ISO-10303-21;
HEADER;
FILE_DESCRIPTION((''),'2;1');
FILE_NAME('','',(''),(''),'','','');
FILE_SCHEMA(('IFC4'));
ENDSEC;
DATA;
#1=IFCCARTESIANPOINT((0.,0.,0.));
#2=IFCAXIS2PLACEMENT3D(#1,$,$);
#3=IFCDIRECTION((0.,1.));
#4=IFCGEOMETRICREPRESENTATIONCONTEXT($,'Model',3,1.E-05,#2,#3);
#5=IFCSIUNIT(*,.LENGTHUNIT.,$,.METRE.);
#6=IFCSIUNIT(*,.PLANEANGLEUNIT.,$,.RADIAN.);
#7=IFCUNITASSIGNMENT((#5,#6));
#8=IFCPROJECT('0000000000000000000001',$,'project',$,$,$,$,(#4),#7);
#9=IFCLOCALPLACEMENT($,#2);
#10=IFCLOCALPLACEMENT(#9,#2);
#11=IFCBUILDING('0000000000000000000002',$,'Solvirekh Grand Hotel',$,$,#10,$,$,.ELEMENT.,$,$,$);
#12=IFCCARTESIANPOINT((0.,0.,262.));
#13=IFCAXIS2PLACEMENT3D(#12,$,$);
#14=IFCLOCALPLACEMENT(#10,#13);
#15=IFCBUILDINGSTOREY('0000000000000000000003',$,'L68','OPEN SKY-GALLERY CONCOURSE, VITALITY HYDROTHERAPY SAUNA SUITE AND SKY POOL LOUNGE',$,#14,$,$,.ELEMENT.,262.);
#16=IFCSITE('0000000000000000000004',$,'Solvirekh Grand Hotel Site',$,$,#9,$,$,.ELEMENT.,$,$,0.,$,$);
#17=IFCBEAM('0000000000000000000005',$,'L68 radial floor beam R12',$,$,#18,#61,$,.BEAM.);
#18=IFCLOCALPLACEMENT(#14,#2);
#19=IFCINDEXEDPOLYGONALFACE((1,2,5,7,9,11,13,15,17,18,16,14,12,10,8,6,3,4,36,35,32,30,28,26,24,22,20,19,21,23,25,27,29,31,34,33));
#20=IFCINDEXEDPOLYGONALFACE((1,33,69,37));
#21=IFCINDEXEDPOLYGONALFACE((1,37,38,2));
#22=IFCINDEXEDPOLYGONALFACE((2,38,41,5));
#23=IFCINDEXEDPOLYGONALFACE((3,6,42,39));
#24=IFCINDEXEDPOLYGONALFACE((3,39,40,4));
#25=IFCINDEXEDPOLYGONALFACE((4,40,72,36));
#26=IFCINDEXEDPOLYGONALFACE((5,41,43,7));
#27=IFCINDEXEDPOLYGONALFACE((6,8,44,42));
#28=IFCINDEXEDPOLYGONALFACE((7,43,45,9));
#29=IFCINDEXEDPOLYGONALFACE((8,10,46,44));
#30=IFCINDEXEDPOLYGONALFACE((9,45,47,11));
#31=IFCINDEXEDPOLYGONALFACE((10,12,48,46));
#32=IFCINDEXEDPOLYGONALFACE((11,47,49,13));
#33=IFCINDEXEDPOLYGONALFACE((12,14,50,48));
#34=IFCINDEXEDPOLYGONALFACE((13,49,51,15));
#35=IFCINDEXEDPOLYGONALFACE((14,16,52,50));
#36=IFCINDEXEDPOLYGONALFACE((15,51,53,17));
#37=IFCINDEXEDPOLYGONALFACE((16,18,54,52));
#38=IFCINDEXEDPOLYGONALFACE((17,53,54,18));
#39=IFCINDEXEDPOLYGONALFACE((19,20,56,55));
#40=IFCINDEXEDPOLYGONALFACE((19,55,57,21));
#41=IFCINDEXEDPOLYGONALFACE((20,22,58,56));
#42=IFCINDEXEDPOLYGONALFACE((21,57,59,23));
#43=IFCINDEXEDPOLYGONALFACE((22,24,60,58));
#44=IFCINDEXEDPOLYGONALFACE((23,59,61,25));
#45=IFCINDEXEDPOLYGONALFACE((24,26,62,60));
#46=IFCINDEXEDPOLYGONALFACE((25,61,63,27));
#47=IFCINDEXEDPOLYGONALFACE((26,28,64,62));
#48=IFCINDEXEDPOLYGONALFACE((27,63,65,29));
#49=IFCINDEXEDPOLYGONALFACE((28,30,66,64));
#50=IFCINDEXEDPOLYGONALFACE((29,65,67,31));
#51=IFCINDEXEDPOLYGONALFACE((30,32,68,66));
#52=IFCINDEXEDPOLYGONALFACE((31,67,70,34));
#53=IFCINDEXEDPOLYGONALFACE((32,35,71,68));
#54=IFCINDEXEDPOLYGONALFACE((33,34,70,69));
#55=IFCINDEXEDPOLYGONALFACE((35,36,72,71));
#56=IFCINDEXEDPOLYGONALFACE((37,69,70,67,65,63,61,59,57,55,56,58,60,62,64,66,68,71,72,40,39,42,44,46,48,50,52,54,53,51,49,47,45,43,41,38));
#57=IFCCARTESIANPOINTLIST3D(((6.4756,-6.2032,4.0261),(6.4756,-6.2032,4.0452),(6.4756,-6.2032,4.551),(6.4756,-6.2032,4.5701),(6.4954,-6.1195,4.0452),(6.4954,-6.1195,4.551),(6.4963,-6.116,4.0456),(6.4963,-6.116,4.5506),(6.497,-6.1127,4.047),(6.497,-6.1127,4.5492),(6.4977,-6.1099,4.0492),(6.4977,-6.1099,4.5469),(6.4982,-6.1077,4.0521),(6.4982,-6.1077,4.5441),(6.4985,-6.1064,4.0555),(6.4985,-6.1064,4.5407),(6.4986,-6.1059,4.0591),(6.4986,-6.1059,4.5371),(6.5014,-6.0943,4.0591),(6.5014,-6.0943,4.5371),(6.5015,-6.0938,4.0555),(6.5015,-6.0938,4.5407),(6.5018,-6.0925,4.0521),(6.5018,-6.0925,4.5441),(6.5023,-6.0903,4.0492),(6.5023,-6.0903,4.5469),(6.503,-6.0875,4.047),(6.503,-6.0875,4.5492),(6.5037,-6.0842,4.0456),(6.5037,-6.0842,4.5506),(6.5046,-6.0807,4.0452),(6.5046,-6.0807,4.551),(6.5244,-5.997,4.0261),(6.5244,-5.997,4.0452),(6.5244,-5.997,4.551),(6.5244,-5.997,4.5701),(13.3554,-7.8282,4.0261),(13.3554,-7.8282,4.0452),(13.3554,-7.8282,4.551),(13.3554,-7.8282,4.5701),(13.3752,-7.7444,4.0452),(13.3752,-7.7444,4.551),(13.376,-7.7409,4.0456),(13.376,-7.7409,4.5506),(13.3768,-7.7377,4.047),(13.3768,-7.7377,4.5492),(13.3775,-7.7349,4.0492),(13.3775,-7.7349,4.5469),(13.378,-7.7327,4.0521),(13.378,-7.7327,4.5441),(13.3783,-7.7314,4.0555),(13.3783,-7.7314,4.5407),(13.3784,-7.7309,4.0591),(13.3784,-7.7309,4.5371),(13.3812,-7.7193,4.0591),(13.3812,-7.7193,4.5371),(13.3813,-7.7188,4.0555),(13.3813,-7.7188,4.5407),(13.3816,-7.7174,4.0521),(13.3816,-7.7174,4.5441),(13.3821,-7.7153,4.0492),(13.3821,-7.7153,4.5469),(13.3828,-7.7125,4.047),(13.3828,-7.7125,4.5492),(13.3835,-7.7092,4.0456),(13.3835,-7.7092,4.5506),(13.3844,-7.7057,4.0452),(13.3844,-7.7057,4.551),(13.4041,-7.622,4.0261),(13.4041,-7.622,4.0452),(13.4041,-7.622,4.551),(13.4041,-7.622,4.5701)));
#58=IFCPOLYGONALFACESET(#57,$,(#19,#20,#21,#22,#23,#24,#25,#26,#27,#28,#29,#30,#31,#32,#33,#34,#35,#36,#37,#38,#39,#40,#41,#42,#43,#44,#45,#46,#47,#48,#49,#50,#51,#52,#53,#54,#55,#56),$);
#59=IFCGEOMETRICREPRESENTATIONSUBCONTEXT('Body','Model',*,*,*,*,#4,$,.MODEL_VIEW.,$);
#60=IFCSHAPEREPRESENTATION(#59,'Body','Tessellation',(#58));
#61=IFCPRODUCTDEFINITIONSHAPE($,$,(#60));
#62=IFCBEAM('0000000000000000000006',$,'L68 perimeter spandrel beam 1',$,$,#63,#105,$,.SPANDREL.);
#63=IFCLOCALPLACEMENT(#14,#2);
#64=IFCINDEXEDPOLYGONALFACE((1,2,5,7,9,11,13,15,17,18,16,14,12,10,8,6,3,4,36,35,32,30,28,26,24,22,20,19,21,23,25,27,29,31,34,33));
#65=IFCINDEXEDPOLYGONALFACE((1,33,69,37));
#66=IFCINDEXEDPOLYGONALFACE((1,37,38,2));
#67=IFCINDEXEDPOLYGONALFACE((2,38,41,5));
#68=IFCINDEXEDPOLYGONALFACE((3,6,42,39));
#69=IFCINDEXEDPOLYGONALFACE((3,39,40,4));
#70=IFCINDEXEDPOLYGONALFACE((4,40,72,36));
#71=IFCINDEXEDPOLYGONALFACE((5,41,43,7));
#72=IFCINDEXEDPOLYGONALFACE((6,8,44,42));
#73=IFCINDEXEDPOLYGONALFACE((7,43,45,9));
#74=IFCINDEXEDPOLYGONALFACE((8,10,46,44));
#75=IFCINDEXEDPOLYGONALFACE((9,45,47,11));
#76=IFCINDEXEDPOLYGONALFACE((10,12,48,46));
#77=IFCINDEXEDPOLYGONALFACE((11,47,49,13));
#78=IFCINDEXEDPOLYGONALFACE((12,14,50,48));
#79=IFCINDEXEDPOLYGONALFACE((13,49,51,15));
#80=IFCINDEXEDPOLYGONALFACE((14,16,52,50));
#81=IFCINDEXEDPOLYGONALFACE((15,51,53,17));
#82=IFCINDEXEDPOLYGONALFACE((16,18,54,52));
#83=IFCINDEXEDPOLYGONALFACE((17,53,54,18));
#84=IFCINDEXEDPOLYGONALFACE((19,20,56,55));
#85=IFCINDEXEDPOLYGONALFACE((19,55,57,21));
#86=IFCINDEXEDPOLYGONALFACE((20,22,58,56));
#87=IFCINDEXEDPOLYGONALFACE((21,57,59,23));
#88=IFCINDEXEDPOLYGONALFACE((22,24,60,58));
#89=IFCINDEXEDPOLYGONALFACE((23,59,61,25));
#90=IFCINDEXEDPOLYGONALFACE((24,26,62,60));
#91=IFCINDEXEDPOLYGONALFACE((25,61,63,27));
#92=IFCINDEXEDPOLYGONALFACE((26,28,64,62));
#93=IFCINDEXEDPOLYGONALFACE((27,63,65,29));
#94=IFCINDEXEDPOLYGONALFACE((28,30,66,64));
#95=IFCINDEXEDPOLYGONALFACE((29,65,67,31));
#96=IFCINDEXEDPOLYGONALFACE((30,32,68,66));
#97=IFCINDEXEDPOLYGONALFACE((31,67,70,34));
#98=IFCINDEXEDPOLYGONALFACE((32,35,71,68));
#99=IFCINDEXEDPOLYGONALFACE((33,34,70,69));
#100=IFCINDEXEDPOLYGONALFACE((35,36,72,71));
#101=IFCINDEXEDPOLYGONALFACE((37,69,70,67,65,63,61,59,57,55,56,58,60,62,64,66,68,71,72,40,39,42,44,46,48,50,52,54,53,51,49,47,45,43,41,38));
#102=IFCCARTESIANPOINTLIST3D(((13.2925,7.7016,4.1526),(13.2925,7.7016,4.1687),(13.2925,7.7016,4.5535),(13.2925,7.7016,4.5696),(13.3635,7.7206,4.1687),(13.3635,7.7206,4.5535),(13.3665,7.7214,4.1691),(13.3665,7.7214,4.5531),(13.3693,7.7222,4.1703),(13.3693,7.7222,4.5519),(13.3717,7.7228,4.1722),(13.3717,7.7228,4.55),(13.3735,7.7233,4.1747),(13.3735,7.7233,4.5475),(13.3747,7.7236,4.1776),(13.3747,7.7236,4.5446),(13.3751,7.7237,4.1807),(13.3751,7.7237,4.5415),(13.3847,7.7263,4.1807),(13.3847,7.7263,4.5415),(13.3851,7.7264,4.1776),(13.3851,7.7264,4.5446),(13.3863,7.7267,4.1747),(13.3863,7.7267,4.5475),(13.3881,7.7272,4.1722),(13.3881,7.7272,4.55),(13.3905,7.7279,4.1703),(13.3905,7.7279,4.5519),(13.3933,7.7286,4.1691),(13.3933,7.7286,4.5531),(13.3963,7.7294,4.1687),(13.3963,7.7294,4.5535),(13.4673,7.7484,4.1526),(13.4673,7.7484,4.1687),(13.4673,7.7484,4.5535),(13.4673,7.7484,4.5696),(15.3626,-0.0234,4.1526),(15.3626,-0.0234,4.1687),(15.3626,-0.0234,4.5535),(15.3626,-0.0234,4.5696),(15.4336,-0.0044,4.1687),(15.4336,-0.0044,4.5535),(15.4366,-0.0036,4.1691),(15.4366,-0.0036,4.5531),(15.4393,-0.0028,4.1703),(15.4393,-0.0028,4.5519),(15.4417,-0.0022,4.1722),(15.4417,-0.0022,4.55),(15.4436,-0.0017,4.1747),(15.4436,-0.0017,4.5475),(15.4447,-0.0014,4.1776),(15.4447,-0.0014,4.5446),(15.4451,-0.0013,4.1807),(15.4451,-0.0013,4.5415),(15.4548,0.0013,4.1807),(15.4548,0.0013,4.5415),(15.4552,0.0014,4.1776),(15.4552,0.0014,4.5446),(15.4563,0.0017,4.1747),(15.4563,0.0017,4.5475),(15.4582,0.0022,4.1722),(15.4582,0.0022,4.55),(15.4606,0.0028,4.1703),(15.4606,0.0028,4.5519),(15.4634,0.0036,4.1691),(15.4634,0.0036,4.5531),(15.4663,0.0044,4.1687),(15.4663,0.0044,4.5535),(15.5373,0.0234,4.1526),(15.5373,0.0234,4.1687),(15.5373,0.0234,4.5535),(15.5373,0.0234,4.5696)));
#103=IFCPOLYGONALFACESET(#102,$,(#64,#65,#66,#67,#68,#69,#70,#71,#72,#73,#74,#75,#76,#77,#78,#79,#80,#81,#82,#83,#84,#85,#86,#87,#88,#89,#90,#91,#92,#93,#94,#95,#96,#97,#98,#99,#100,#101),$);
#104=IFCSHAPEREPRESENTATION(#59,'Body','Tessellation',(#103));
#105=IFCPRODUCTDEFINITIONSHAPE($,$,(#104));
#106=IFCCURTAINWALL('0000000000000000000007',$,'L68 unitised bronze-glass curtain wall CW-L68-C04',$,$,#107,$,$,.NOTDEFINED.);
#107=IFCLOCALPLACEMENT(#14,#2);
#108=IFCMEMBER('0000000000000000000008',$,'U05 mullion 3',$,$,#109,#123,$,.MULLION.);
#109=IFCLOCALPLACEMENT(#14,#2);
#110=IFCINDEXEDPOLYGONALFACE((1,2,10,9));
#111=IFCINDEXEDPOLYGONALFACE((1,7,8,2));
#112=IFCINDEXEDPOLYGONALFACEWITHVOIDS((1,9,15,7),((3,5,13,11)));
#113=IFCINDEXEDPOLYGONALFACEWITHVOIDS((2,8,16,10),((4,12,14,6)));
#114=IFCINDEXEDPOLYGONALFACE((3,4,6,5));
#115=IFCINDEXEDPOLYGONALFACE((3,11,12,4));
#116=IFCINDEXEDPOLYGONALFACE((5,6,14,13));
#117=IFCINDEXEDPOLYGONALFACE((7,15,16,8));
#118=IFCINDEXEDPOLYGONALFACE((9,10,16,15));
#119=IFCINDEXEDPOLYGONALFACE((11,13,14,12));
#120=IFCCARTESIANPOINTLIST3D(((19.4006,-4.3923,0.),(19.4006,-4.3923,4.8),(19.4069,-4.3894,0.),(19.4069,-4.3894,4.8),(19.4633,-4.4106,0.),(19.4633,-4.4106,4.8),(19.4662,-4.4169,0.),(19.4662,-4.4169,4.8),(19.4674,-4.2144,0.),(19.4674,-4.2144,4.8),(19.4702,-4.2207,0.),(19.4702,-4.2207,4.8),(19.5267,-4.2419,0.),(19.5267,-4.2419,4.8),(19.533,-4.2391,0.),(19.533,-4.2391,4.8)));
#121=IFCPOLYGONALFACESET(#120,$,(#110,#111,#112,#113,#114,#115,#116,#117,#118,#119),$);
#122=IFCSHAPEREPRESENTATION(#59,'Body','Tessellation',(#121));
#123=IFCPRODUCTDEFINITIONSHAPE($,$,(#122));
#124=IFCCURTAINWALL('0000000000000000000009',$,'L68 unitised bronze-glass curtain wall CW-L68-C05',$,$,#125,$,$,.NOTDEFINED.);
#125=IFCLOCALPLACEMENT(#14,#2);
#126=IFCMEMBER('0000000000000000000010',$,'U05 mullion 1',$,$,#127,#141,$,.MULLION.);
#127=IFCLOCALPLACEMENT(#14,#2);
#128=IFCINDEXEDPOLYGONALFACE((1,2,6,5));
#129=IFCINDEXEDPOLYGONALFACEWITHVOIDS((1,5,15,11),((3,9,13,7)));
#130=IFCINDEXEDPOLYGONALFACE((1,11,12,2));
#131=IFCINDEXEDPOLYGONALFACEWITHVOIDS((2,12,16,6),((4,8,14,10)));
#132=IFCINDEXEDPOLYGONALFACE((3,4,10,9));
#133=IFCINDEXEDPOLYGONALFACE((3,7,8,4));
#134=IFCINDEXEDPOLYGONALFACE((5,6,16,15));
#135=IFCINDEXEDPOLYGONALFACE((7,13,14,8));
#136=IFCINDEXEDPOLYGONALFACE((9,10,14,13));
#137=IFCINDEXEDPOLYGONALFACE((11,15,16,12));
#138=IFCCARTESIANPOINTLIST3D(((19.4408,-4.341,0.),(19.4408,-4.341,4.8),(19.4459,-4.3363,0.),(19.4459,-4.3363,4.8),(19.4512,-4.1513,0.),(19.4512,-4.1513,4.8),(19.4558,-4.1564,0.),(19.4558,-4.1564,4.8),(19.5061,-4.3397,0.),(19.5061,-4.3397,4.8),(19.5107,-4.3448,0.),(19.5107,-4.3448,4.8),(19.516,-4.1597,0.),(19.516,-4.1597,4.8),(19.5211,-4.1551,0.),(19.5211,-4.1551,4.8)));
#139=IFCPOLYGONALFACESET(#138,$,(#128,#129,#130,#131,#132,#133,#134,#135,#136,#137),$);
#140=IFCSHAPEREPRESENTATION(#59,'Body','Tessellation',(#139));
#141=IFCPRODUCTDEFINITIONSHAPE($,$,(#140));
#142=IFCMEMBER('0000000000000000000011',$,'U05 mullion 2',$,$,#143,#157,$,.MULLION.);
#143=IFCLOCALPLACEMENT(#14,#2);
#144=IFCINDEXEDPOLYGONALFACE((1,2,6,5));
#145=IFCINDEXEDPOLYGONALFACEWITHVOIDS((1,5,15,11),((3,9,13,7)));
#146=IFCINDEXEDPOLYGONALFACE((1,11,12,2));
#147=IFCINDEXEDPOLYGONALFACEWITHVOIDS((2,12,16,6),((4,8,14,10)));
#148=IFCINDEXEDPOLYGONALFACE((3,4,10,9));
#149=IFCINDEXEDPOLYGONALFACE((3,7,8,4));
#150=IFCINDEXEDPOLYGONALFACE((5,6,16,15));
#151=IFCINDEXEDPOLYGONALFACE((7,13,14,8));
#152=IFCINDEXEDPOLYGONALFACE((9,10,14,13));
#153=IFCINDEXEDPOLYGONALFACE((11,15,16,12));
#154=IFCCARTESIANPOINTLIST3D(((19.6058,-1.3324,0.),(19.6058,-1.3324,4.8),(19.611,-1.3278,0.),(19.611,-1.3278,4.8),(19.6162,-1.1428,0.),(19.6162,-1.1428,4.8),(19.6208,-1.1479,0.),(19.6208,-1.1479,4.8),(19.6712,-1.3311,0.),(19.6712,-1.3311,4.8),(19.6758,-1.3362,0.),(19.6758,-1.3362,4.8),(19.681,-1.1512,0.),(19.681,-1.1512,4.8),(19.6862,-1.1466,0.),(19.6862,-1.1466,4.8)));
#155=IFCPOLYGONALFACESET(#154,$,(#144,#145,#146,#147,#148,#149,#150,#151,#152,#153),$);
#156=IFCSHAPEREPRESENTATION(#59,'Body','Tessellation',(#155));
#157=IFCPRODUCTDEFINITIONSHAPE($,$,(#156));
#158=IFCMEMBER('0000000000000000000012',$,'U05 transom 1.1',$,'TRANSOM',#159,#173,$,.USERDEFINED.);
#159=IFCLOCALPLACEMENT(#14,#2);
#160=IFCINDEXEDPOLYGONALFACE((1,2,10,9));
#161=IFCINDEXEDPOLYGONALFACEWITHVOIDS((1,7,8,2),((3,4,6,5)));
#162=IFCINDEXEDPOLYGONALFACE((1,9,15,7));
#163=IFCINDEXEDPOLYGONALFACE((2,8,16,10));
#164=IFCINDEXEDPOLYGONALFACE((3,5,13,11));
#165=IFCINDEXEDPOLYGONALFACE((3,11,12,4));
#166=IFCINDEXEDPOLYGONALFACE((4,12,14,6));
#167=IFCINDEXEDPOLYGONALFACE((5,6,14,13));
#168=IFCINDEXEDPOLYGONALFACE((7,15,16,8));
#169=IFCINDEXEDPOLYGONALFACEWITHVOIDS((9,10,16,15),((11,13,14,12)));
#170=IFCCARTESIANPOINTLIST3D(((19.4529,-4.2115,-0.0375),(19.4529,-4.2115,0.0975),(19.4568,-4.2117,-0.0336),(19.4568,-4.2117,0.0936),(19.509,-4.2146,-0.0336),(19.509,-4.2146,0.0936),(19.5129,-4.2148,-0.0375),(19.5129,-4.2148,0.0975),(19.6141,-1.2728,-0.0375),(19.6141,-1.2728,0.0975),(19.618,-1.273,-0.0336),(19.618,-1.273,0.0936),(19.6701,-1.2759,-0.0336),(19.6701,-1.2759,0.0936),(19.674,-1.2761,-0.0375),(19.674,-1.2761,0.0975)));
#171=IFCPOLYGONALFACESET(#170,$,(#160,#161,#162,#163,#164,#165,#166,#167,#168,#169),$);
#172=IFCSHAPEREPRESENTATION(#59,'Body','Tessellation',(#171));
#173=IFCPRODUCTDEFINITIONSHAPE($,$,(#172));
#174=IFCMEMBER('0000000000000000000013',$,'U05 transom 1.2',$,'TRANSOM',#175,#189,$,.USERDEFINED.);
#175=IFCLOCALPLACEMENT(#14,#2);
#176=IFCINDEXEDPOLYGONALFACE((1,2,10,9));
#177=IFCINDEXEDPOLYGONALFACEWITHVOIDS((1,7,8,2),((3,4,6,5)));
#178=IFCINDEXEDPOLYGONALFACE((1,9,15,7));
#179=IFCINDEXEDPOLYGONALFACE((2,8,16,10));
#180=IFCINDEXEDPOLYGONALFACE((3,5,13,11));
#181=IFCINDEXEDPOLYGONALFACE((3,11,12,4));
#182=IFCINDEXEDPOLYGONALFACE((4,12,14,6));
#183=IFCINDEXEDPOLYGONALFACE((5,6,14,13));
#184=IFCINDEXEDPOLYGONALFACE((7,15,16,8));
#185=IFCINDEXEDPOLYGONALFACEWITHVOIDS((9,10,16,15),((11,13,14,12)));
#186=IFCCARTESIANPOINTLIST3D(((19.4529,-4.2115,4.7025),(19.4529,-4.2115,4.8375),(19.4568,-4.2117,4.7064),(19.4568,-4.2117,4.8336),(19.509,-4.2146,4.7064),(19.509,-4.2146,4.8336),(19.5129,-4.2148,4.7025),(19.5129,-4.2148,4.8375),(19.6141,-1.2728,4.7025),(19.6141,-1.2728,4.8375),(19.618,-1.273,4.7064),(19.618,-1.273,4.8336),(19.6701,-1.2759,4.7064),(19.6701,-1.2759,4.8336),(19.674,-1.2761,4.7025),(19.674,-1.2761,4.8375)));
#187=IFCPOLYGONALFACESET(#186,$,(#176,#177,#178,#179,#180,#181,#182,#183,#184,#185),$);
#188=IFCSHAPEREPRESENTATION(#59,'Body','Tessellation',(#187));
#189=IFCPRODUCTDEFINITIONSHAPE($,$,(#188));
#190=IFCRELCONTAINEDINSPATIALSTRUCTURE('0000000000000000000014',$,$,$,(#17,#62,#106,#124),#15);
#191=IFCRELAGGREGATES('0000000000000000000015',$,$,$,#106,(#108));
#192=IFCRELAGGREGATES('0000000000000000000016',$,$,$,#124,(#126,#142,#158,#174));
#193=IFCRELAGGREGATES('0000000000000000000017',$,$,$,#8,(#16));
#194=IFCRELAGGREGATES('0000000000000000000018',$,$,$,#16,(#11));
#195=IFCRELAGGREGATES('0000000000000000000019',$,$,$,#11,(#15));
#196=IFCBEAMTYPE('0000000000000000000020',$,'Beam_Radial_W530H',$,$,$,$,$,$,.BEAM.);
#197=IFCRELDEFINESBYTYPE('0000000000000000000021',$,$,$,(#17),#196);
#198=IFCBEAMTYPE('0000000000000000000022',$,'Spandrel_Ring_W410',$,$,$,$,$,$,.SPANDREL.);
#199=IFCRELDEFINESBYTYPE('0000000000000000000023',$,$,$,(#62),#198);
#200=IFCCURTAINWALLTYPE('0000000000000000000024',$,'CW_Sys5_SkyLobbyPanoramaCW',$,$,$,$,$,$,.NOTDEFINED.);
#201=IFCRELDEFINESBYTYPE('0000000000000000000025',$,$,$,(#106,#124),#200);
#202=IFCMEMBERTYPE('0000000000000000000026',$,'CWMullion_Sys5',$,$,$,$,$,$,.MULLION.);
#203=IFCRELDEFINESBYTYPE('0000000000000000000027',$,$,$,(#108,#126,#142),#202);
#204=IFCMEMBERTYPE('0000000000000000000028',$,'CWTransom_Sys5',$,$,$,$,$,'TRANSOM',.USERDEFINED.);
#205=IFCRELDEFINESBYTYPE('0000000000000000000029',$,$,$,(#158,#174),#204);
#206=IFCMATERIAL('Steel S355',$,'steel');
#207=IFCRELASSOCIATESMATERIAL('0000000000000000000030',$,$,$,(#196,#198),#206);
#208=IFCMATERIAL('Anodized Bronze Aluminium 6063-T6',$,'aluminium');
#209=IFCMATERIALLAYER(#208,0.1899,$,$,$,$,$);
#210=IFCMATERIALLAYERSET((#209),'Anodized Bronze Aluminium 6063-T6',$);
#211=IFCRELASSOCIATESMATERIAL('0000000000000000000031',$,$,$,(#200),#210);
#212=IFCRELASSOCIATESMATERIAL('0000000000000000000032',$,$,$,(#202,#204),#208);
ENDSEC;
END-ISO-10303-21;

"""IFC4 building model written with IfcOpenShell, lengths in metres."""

from ifc_helpers import new_model, si_unit, direction, frame, origin, origin_2d, place, context, subcontext, project, spatial, hollow_rectangle, i_section, extrude, source, transform, mapped, material, layer, layer_set, material_profile, profile_set, type_object, element, aggregate, save


model = new_model("IFC4")

# Units and contexts
model_context = context("Model", 3, precision=1e-05, world=origin(), true_north=direction((0.0, 1.0)))
body_context = subcontext(model_context, "Body", "Model", "MODEL_VIEW")
ifc_project = project(units=[si_unit("LENGTHUNIT", "METRE"), si_unit("PLANEANGLEUNIT", "RADIAN")], contexts=[model_context])

# Site, building, storey
site_placement = place(None, origin())
site = spatial("IfcSite", under=ifc_project, at=site_placement, Name="Solvirekh Grand Hotel Site", CompositionType="ELEMENT", RefElevation=0.0)
building_placement = place(site_placement, origin())
building = spatial("IfcBuilding", under=site, at=building_placement, Name="Solvirekh Grand Hotel", CompositionType="ELEMENT")
storey_placement = place(building_placement, frame((0.0, 0.0, 262.0)))
storey = spatial("IfcBuildingStorey", under=building, at=storey_placement, Name="L68", Description="OPEN SKY-GALLERY CONCOURSE, VITALITY HYDROTHERAPY SAUNA SUITE AND SKY POOL LOUNGE", CompositionType="ELEMENT", Elevation=262.0)

# Beams
ifc_material_1 = material(Name="Steel S355", Category="steel")
ifc_material_profile_1 = material_profile(ifc_material_1, i_section(OverallWidth=0.2119, OverallDepth=0.5439, WebThickness=0.012, FlangeThickness=0.019, FilletRadius=0.0139, at=origin_2d()), Name="W530X123")
ifc_profile_set_1 = profile_set([ifc_material_profile_1], Name="Steel S355")
beam_type_1 = type_object("IfcBeamType", Name="Beam_Radial_W530H", PredefinedType="BEAM", material=ifc_profile_set_1)
beam_1_placement = place(storey_placement, frame((6.5, -6.1001, 4.2981), z_axis=(0.973221, -0.229871, 0.0), x_axis=(0.229871, 0.973221, 0.0)))
element("IfcBeam", 1, at=beam_1_placement, inside=storey, type_object=beam_type_1, Name="L68 radial floor beam R12", PredefinedType="BEAM", context=body_context, shape_type="SweptSolid", body=[
    extrude(i_section(OverallWidth=0.2119, OverallDepth=0.5439, WebThickness=0.012, FlangeThickness=0.019, FilletRadius=0.0139, at=origin_2d()), origin(), (0.0, 0.0, 1.0), 7.0691),
])
ifc_material_profile_2 = material_profile(ifc_material_1, i_section(OverallWidth=0.1809, OverallDepth=0.417, WebThickness=0.01, FlangeThickness=0.0161, FilletRadius=0.012, at=origin_2d()), Name="W410X85")
ifc_profile_set_2 = profile_set([ifc_material_profile_2], Name="Steel S355")
beam_type_2 = type_object("IfcBeamType", Name="Spandrel_Ring_W410", PredefinedType="SPANDREL", material=ifc_profile_set_2)
beam_2_placement = place(storey_placement, frame((15.45, 0.0, 4.3611), z_axis=(-0.258835, 0.965922, 0.0), x_axis=(-0.965922, -0.258835, 0.0)))
element("IfcBeam", 2, at=beam_2_placement, inside=storey, type_object=beam_type_2, Name="L68 perimeter spandrel beam 1", PredefinedType="SPANDREL", context=body_context, shape_type="SweptSolid", body=[
    extrude(i_section(OverallWidth=0.1809, OverallDepth=0.417, WebThickness=0.01, FlangeThickness=0.0161, FilletRadius=0.012, at=origin_2d()), origin(), (0.0, 0.0, 1.0), 7.9976),
])

# Curtain wall, member
ifc_material_2 = material(Name="Anodized Bronze Aluminium 6063-T6", Category="aluminium")
ifc_layer_1 = layer(ifc_material_2, 0.1899)
ifc_layer_set_1 = layer_set([ifc_layer_1], Name="Anodized Bronze Aluminium 6063-T6")
curtain_wall_type = type_object("IfcCurtainWallType", Name="CW_Sys5_SkyLobbyPanoramaCW", PredefinedType="NOTDEFINED", material=ifc_layer_set_1)
curtain_wall_1_placement = place(storey_placement, origin())
curtain_wall_1 = element("IfcCurtainWall", 3, at=curtain_wall_1_placement, inside=storey, type_object=curtain_wall_type, Name="L68 unitised bronze-glass curtain wall CW-L68-C04", PredefinedType="NOTDEFINED")
ifc_material_profile_3 = material_profile(ifc_material_2, hollow_rectangle(XDim=0.0701, YDim=0.1899, WallThickness=0.0049, at=origin_2d()), Name="ALU RHS 190X70X5")
ifc_profile_set_3 = profile_set([ifc_material_profile_3], Name="Anodized Bronze Aluminium 6063-T6")
member_type_1 = type_object("IfcMemberType", Name="CWMullion_Sys5", PredefinedType="MULLION", material=ifc_profile_set_3)
shared_shape_1 = source(origin(), body_context, "Body", "SweptSolid", [
    extrude(hollow_rectangle(XDim=0.0701, YDim=0.1899, WallThickness=0.0049, at=origin_2d()), origin(), (0.0, 0.0, 1.0), 4.8),
])
member_1_placement = place(storey_placement, frame((19.4668, -4.3157, 0.0), z_axis=(0.0, 0.0, 1.0), x_axis=(-0.936153, 0.351594, 0.0)))
member_1 = element("IfcMember", 4, at=member_1_placement, type_object=member_type_1, Name="U05 mullion 3", PredefinedType="MULLION", context=body_context, shape_type="MappedRepresentation", body=[
    mapped(shared_shape_1, transform((0.0, 0.0, 0.0), x_axis=(1.0, 0.0, 0.0), y_axis=(0.0, 1.0, 0.0), z_axis=(0.0, 0.0, 1.0), scale=1.0)),
])

# Curtain wall, members
curtain_wall_2_placement = place(storey_placement, origin())
curtain_wall_2 = element("IfcCurtainWall", 5, at=curtain_wall_2_placement, inside=storey, type_object=curtain_wall_type, Name="L68 unitised bronze-glass curtain wall CW-L68-C05", PredefinedType="NOTDEFINED")
member_2_placement = place(storey_placement, frame((19.481, -4.248, 0.0), z_axis=(0.0, 0.0, 1.0), x_axis=(-0.998498, 0.054789, 0.0)))
member_2 = element("IfcMember", 6, at=member_2_placement, type_object=member_type_1, Name="U05 mullion 1", PredefinedType="MULLION", context=body_context, shape_type="MappedRepresentation", body=[
    mapped(shared_shape_1, transform((0.0, 0.0, 0.0), x_axis=(1.0, 0.0, 0.0), y_axis=(0.0, 1.0, 0.0), z_axis=(0.0, 0.0, 1.0), scale=1.0)),
])
member_3_placement = place(storey_placement, frame((19.646, -1.2395, 0.0), z_axis=(0.0, 0.0, 1.0), x_axis=(-0.998498, 0.054789, 0.0)))
member_3 = element("IfcMember", 7, at=member_3_placement, type_object=member_type_1, Name="U05 mullion 2", PredefinedType="MULLION", context=body_context, shape_type="MappedRepresentation", body=[
    mapped(shared_shape_1, transform((0.0, 0.0, 0.0), x_axis=(1.0, 0.0, 0.0), y_axis=(0.0, 1.0, 0.0), z_axis=(0.0, 0.0, 1.0), scale=1.0)),
])
ifc_material_profile_4 = material_profile(ifc_material_2, hollow_rectangle(XDim=0.0601, YDim=0.135, WallThickness=0.0039, at=origin_2d()), Name="ALU RHS 135X60X4")
ifc_profile_set_4 = profile_set([ifc_material_profile_4], Name="Anodized Bronze Aluminium 6063-T6")
member_type_2 = type_object("IfcMemberType", Name="CWTransom_Sys5", ElementType="TRANSOM", PredefinedType="USERDEFINED", material=ifc_profile_set_4)
shared_shape_2 = source(origin(), body_context, "Body", "SweptSolid", [
    extrude(hollow_rectangle(XDim=0.0601, YDim=0.135, WallThickness=0.0039, at=origin_2d()), origin(), (0.0, 0.0, 1.0), 2.9431),
])
member_4_placement = place(storey_placement, frame((19.4829, -4.2131, 0.03), z_axis=(0.054749, 0.9985, 0.0), x_axis=(-0.9985, 0.054749, 0.0)))
member_4 = element("IfcMember", 8, at=member_4_placement, type_object=member_type_2, Name="U05 transom 1.1", ObjectType="TRANSOM", PredefinedType="USERDEFINED", context=body_context, shape_type="MappedRepresentation", body=[
    mapped(shared_shape_2, transform((0.0, 0.0, 0.0), x_axis=(1.0, 0.0, 0.0), y_axis=(0.0, 1.0, 0.0), z_axis=(0.0, 0.0, 1.0), scale=1.0)),
])
member_5_placement = place(storey_placement, frame((19.4829, -4.2131, 4.77), z_axis=(0.054749, 0.9985, 0.0), x_axis=(-0.9985, 0.054749, 0.0)))
member_5 = element("IfcMember", 9, at=member_5_placement, type_object=member_type_2, Name="U05 transom 1.2", ObjectType="TRANSOM", PredefinedType="USERDEFINED", context=body_context, shape_type="MappedRepresentation", body=[
    mapped(shared_shape_2, transform((0.0, 0.0, 0.0), x_axis=(1.0, 0.0, 0.0), y_axis=(0.0, 1.0, 0.0), z_axis=(0.0, 0.0, 1.0), scale=1.0)),
])

aggregate(curtain_wall_1, [member_1])
aggregate(curtain_wall_2, [member_2, member_3, member_4, member_5])

save(model, "model.ifc")
